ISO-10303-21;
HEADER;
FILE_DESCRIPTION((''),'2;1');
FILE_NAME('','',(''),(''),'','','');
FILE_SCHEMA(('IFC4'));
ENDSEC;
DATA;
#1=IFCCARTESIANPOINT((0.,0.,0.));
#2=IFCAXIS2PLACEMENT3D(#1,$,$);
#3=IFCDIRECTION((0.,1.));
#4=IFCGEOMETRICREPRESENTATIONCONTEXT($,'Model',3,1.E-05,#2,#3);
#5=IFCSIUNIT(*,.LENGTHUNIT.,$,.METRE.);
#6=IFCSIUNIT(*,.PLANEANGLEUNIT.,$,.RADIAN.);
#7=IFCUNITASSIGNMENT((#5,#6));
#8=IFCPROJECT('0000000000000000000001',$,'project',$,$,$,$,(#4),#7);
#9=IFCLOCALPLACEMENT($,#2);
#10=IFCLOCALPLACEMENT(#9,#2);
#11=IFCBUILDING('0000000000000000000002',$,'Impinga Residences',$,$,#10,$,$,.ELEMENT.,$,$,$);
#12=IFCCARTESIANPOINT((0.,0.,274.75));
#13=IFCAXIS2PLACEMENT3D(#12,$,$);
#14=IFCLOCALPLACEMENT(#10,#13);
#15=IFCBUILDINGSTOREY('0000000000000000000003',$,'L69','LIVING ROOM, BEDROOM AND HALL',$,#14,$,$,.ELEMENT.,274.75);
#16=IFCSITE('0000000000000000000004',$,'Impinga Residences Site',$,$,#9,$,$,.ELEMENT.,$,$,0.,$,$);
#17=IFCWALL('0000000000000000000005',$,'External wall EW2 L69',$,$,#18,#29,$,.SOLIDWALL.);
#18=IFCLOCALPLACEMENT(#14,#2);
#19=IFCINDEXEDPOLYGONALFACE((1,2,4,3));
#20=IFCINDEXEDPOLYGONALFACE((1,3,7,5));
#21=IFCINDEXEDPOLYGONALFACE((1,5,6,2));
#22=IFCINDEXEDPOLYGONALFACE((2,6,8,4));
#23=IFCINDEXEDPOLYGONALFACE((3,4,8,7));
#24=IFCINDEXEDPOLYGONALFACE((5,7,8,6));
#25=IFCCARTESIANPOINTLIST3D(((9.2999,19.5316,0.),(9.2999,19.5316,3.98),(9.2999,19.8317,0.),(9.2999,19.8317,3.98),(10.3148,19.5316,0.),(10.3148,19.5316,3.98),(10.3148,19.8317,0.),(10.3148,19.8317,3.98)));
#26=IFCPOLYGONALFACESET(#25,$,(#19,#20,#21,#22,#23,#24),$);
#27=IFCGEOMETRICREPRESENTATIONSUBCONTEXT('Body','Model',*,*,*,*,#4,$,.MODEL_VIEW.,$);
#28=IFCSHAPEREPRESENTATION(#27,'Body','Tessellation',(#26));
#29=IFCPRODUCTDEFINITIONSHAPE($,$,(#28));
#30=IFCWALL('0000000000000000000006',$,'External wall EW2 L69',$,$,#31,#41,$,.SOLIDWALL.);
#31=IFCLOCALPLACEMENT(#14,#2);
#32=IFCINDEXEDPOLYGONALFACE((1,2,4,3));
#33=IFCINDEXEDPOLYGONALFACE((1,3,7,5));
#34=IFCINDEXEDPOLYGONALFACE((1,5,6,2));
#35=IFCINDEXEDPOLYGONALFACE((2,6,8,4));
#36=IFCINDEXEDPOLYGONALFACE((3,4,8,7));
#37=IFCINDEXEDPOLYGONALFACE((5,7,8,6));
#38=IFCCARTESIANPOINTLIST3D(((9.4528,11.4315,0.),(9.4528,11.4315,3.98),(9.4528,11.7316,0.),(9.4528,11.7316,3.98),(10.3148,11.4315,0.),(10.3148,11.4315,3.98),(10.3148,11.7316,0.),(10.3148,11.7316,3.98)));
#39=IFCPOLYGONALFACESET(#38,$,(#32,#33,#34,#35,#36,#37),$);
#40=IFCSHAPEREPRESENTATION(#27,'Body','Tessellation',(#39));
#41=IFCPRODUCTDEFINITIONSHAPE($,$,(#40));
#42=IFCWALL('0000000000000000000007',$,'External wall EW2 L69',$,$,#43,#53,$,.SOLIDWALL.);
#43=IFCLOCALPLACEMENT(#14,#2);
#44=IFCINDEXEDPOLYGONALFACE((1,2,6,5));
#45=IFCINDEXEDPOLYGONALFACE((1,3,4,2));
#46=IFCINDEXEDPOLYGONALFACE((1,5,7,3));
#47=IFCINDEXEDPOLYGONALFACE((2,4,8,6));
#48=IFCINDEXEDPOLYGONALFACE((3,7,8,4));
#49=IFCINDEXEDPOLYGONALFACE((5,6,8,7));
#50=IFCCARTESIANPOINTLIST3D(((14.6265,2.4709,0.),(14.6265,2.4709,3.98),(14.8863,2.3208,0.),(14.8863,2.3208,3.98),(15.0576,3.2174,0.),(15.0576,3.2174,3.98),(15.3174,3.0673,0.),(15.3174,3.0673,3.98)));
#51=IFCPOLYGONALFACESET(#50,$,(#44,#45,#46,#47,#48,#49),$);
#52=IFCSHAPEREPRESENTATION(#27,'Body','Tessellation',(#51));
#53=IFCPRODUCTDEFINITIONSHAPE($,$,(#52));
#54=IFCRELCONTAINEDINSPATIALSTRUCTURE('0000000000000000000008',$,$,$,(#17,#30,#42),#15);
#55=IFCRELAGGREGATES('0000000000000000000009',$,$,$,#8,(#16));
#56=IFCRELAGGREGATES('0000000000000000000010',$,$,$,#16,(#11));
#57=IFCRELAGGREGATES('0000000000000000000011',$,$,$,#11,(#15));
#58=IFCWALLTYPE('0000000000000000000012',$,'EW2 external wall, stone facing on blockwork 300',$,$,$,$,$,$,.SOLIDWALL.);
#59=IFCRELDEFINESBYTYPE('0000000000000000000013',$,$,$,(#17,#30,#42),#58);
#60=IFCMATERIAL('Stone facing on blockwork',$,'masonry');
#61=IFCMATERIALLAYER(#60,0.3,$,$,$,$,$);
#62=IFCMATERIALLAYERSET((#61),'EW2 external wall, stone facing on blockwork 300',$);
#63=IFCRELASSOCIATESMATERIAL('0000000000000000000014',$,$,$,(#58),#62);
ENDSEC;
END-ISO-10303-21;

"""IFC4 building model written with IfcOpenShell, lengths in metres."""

from ifc_helpers import new_model, si_unit, direction, frame, frame_2d, origin, place, context, subcontext, project, spatial, rectangle, extrude, material, layer, layer_set, type_object, element, save


model = new_model("IFC4")

# Units and contexts
model_context = context("Model", 3, precision=1e-05, world=origin(), true_north=direction((0.0, 1.0)))
body_context = subcontext(model_context, "Body", "Model", "MODEL_VIEW")
ifc_project = project(units=[si_unit("LENGTHUNIT", "METRE"), si_unit("PLANEANGLEUNIT", "RADIAN")], contexts=[model_context])

# Site, building, storey
site_placement = place(None, origin())
site = spatial("IfcSite", under=ifc_project, at=site_placement, Name="Impinga Residences Site", CompositionType="ELEMENT", RefElevation=0.0)
building_placement = place(site_placement, origin())
building = spatial("IfcBuilding", under=site, at=building_placement, Name="Impinga Residences", CompositionType="ELEMENT")
storey_placement = place(building_placement, frame((0.0, 0.0, 274.75)))
storey = spatial("IfcBuildingStorey", under=building, at=storey_placement, Name="L69", Description="LIVING ROOM, BEDROOM AND HALL", CompositionType="ELEMENT", Elevation=274.75)

# Walls
ifc_material_1 = material(Name="Stone facing on blockwork", Category="masonry")
ifc_layer_1 = layer(ifc_material_1, 0.3)
ifc_layer_set_1 = layer_set([ifc_layer_1], Name="EW2 external wall, stone facing on blockwork 300")
wall_type = type_object("IfcWallType", Name="EW2 external wall, stone facing on blockwork 300", PredefinedType="SOLIDWALL", material=ifc_layer_set_1)
wall_1_placement = place(storey_placement, frame((9.3, 19.6816, 0.0), z_axis=(0.0, 0.0, 1.0), x_axis=(1.0, 0.0, 0.0)))
element("IfcWall", 1, at=wall_1_placement, inside=storey, type_object=wall_type, Name="External wall EW2 L69", PredefinedType="SOLIDWALL", context=body_context, shape_type="SweptSolid", body=[
    extrude(rectangle(XDim=1.0149, YDim=0.3, at=frame_2d((0.5073, 0.0))), origin(), (0.0, 0.0, 1.0), 3.98),
])
for number, where, z_axis, x_axis, name in (
    (2, (10.3149, 11.5815, 0.0), (0.0, 0.0, 1.0), (-1.0, 0.0, 0.0), "External wall EW2 L69"),
    (3, (14.7563, 2.3958, 0.0), (0.0, 0.0, 1.0), (0.500098, 0.865969, 0.0), "External wall EW2 L69"),
):
    element("IfcWall", number, at=place(storey_placement, frame(where, z_axis=z_axis, x_axis=x_axis)), inside=storey, type_object=wall_type, Name=name, PredefinedType="SOLIDWALL", context=body_context, shape_type="SweptSolid", body=[
        extrude(rectangle(XDim=0.8621, YDim=0.3, at=frame_2d((0.4312, 0.0))), origin(), (0.0, 0.0, 1.0), 3.98),
    ])

save(model, "model.ifc")
